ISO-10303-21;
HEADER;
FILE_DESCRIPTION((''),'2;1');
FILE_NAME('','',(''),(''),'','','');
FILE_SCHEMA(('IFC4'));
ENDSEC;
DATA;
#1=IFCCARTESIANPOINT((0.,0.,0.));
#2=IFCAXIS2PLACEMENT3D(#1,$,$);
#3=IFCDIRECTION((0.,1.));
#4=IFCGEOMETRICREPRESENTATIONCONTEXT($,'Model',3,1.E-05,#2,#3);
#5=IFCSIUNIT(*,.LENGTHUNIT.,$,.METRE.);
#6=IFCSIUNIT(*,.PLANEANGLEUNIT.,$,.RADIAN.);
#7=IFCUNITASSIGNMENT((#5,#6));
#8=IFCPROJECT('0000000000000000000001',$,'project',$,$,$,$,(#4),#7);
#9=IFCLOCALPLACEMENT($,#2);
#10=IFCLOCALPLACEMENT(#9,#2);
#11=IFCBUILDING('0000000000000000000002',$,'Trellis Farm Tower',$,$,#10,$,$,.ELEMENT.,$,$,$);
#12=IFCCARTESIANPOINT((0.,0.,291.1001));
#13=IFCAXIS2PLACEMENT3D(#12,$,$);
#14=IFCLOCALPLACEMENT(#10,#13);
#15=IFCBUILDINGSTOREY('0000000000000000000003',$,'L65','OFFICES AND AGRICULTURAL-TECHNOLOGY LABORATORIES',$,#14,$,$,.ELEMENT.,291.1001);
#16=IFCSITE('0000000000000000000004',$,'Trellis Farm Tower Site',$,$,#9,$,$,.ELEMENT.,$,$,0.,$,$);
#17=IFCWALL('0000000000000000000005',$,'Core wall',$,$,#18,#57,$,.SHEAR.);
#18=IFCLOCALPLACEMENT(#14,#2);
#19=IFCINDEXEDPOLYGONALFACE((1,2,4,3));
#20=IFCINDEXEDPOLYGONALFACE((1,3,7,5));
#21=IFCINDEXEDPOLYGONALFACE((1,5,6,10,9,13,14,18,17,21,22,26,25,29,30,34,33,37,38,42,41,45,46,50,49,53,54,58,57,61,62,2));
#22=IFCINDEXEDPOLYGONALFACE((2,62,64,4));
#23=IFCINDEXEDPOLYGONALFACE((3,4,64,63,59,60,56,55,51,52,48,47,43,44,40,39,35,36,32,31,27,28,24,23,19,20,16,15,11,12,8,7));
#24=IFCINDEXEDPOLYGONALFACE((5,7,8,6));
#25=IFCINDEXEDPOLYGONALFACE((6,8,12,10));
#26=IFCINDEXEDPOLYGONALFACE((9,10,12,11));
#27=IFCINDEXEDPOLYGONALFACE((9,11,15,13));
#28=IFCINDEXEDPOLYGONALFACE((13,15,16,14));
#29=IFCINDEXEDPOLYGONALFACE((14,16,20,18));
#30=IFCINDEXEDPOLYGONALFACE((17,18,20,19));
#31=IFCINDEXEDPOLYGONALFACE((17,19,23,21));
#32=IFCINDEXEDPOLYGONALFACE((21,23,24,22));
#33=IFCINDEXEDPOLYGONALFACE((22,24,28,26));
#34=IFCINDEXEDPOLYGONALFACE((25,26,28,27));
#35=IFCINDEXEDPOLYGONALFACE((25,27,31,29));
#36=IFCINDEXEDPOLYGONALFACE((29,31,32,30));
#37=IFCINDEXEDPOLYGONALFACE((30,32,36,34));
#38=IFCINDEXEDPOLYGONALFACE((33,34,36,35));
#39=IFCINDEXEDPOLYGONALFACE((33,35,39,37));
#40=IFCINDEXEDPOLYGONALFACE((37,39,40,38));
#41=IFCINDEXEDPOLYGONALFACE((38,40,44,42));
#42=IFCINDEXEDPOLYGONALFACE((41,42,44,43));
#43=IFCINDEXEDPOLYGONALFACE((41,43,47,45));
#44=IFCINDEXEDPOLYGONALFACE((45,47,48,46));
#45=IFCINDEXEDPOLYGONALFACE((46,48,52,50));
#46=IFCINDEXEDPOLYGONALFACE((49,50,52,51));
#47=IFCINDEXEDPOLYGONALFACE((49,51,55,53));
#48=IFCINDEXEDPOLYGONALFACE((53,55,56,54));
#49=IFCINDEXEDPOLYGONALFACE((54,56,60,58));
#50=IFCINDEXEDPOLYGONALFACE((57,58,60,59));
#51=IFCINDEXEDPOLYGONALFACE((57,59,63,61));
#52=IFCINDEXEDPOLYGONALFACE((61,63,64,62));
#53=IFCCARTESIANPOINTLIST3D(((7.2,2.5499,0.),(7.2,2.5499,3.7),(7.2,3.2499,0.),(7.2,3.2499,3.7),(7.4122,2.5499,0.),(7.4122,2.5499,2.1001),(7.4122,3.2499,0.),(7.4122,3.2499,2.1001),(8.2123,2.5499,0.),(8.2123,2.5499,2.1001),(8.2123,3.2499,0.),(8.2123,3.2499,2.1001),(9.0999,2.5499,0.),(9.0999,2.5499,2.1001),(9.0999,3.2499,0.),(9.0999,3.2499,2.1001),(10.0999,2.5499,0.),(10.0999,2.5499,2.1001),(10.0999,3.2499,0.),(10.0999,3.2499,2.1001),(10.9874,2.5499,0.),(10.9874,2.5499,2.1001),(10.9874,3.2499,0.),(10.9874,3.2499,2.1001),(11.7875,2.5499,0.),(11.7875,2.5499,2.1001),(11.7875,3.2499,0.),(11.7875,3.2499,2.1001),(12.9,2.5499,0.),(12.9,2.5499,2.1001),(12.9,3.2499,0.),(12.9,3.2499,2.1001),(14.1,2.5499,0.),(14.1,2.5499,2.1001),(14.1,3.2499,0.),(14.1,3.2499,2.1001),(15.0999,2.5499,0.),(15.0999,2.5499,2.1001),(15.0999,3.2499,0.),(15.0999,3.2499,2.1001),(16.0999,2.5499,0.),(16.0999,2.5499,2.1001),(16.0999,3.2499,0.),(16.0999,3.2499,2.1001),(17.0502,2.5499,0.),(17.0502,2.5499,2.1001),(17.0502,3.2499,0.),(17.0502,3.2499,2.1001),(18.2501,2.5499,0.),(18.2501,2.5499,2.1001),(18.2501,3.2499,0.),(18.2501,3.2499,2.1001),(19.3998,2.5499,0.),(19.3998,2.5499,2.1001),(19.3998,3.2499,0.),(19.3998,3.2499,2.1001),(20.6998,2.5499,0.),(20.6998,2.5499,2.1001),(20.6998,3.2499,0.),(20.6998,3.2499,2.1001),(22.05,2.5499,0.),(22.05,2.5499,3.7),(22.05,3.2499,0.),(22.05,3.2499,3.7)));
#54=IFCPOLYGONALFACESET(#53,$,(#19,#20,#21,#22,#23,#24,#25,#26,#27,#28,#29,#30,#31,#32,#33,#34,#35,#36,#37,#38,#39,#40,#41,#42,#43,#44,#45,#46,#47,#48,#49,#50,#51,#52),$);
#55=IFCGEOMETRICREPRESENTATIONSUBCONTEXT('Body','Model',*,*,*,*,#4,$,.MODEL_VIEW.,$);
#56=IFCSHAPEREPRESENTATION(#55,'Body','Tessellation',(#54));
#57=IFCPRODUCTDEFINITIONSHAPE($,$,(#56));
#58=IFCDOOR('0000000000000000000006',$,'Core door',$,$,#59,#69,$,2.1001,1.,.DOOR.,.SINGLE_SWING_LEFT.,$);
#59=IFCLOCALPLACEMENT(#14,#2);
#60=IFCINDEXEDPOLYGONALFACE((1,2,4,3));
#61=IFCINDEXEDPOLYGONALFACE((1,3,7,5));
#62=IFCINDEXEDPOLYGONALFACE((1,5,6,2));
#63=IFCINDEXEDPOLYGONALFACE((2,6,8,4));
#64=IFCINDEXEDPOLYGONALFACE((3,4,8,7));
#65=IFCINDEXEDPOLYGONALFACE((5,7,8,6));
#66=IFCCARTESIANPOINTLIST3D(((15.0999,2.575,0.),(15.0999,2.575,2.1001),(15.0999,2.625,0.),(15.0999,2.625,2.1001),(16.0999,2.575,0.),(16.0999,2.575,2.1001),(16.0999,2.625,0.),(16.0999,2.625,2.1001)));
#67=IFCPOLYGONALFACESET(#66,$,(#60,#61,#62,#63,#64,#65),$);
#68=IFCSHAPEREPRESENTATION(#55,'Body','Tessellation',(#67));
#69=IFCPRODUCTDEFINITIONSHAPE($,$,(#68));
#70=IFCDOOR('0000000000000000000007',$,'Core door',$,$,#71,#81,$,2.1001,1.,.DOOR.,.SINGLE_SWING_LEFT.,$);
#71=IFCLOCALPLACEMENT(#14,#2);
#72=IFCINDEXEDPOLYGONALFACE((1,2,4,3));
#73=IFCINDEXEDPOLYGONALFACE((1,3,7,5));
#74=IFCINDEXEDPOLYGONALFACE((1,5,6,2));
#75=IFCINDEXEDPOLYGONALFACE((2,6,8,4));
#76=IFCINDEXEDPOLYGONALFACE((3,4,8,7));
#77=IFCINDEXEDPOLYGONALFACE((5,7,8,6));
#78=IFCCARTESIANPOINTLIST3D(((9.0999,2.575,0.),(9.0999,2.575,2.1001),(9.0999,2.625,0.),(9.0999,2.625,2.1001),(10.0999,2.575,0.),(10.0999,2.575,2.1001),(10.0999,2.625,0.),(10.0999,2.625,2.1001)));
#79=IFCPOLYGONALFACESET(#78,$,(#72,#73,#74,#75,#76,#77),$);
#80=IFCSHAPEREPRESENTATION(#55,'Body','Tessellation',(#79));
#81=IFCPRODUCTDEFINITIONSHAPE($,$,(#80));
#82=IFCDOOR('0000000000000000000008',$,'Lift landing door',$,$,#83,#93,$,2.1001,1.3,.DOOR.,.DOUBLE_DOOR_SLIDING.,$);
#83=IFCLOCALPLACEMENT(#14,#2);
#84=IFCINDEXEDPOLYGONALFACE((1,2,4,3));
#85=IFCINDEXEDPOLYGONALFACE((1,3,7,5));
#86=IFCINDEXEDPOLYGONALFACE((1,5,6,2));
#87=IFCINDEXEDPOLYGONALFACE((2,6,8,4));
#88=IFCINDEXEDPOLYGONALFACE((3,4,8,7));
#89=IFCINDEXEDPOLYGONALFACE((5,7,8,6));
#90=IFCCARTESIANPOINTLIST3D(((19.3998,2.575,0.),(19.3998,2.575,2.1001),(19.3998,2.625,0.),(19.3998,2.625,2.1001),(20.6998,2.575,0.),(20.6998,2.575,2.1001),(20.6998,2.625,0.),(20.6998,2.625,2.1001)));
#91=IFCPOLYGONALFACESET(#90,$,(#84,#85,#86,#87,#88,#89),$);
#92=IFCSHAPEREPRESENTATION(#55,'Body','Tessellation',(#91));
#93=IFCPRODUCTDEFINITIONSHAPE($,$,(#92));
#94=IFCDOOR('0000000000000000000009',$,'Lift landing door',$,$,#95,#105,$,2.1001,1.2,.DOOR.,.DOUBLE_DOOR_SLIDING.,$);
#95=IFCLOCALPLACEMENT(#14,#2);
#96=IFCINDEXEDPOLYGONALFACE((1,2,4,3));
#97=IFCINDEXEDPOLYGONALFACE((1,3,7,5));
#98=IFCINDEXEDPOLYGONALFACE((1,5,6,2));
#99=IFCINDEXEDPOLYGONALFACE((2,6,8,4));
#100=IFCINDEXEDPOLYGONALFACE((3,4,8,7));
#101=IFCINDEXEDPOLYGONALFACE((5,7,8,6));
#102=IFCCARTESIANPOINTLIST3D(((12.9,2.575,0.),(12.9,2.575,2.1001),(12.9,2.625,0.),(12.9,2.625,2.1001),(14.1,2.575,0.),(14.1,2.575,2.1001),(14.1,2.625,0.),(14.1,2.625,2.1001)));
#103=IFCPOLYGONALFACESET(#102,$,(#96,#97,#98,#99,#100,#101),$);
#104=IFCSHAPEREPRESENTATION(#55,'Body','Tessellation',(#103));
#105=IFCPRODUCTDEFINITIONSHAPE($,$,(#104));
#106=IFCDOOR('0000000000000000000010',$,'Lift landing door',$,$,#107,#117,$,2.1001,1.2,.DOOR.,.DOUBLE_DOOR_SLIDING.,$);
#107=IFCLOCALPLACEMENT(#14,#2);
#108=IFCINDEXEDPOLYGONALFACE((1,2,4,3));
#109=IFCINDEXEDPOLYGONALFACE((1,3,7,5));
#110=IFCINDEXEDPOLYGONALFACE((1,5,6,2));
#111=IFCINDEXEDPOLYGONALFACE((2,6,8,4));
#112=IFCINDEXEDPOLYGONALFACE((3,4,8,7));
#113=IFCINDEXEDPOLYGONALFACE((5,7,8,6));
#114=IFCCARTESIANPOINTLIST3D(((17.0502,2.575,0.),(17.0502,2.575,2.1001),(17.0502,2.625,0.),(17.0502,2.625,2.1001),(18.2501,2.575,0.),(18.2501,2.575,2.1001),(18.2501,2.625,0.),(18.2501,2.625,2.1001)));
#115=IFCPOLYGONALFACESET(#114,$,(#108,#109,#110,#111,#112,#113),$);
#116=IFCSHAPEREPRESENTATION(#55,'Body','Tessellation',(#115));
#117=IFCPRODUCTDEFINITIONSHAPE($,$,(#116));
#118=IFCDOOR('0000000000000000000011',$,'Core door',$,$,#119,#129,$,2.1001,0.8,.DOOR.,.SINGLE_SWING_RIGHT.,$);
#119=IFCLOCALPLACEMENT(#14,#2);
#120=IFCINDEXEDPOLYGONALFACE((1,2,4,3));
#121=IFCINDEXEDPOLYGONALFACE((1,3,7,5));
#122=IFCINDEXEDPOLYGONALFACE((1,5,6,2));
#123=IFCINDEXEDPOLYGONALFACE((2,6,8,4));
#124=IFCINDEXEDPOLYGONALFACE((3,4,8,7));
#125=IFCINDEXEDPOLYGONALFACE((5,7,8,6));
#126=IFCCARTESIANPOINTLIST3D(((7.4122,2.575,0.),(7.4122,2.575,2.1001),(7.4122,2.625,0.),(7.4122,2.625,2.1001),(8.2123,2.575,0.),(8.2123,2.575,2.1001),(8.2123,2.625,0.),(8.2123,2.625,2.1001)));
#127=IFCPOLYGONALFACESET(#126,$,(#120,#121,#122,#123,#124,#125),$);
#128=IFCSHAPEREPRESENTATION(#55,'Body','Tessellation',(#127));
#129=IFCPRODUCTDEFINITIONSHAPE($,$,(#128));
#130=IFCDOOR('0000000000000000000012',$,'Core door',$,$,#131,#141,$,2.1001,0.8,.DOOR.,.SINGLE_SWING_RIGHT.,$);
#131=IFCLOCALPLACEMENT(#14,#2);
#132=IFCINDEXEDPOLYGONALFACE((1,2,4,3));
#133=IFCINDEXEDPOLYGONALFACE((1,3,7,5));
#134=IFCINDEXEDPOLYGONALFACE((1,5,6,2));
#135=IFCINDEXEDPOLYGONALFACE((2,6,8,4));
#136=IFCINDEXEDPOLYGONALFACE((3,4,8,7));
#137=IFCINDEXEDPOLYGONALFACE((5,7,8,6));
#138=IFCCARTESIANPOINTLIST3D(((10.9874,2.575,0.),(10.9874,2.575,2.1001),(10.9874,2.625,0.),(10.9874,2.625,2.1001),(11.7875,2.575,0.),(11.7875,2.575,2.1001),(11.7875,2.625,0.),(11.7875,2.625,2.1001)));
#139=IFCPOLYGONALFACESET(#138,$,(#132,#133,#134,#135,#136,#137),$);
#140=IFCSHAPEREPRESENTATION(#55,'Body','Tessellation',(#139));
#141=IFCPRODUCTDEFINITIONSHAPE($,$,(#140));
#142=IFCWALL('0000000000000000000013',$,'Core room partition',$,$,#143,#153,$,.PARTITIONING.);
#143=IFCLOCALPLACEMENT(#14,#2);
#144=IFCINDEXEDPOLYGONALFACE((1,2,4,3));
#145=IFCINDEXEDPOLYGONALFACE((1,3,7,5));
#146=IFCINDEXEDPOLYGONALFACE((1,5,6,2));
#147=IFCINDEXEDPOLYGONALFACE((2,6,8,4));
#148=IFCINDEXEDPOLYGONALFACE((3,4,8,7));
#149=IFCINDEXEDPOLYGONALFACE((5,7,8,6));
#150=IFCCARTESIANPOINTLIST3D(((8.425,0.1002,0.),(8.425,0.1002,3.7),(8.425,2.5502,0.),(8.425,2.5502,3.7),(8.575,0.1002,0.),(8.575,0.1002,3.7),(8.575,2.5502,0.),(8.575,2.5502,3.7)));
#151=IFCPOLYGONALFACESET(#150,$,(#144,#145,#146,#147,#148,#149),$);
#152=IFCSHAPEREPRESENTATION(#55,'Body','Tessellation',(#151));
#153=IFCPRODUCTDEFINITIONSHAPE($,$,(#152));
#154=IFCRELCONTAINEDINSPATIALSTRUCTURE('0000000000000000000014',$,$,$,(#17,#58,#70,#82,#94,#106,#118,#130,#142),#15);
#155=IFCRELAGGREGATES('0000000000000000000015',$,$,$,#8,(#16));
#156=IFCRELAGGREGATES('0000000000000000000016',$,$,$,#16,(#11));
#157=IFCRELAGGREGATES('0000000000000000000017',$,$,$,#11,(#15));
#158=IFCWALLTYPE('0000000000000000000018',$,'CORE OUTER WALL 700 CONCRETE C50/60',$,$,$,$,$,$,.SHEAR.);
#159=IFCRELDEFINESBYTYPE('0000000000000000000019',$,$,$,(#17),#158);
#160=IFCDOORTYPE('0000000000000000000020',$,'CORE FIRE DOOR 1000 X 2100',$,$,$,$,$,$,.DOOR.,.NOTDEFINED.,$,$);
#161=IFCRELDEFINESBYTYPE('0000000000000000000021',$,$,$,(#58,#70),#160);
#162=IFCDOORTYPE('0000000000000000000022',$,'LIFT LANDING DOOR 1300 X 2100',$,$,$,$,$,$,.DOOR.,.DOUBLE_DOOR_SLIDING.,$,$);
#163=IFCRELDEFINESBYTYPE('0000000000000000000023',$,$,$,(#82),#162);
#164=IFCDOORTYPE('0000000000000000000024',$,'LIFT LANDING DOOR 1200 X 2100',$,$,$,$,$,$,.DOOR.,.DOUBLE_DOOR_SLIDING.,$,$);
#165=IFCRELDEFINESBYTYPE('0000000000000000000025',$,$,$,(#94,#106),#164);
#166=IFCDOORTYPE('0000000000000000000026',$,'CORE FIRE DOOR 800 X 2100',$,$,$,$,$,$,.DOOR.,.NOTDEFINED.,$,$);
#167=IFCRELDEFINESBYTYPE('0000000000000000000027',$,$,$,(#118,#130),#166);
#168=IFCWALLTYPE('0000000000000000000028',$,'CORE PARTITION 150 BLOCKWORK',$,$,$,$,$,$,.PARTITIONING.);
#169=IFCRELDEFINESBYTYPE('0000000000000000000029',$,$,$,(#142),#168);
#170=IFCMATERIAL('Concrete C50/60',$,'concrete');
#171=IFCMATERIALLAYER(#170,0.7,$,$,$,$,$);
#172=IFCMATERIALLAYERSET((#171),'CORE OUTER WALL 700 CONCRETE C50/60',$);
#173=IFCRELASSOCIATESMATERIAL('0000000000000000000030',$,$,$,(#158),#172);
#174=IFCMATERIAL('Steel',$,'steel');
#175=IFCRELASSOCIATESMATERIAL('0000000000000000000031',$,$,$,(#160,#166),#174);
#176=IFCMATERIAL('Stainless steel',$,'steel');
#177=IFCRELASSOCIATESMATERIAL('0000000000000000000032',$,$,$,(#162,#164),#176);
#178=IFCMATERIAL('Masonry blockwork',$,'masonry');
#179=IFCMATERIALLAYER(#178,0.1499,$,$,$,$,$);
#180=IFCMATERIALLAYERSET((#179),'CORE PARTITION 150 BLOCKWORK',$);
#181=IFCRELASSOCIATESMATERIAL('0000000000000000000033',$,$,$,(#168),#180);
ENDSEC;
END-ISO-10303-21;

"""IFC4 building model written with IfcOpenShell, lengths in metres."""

from ifc_helpers import new_model, si_unit, direction, frame, frame_2d, origin, place, context, subcontext, project, spatial, rectangle, extrude, source, transform, mapped, material, layer, layer_set, type_object, element, fill, save


model = new_model("IFC4")

# Units and contexts
model_context = context("Model", 3, precision=1e-05, world=origin(), true_north=direction((0.0, 1.0)))
body_context = subcontext(model_context, "Body", "Model", "MODEL_VIEW")
ifc_project = project(units=[si_unit("LENGTHUNIT", "METRE"), si_unit("PLANEANGLEUNIT", "RADIAN")], contexts=[model_context])

# Site, building, storey
site_placement = place(None, origin())
site = spatial("IfcSite", under=ifc_project, at=site_placement, Name="Trellis Farm Tower Site", CompositionType="ELEMENT", RefElevation=0.0)
building_placement = place(site_placement, origin())
building = spatial("IfcBuilding", under=site, at=building_placement, Name="Trellis Farm Tower", CompositionType="ELEMENT")
storey_placement = place(building_placement, frame((0.0, 0.0, 291.1001)))
storey = spatial("IfcBuildingStorey", under=building, at=storey_placement, Name="L65", Description="OFFICES AND AGRICULTURAL-TECHNOLOGY LABORATORIES", CompositionType="ELEMENT", Elevation=291.1001)

# Wall, openings, doors
ifc_material_1 = material(Name="Concrete C50/60", Category="concrete")
ifc_layer_1 = layer(ifc_material_1, 0.7)
ifc_layer_set_1 = layer_set([ifc_layer_1], Name="CORE OUTER WALL 700 CONCRETE C50/60")
wall_type_1 = type_object("IfcWallType", Name="CORE OUTER WALL 700 CONCRETE C50/60", PredefinedType="SHEAR", material=ifc_layer_set_1)
shared_shape_1 = source(origin(), body_context, "Body", "SweptSolid", [
    extrude(rectangle(XDim=14.8501, YDim=0.7, at=frame_2d((7.425, 0.0))), origin(), (0.0, 0.0, 1.0), 3.7),
])
wall_1_placement = place(storey_placement, frame((7.2, 2.8999, 0.0), z_axis=(0.0, 0.0, 1.0), x_axis=(1.0, 0.0, 0.0)))
wall_1 = element("IfcWall", 1, at=wall_1_placement, inside=storey, type_object=wall_type_1, Name="Core wall", PredefinedType="SHEAR", context=body_context, shape_type="MappedRepresentation", body=[
    mapped(shared_shape_1, transform((0.0, 0.0, 0.0))),
])
shared_shape_2 = source(origin(), body_context, "Body", "SweptSolid", [
    extrude(rectangle(XDim=1.2, YDim=2.1001, at=frame_2d((0.6001, 1.05))), frame((0.0, 0.3601, 0.0), z_axis=(0.0, -1.0, 0.0), x_axis=(1.0, 0.0, 0.0)), (0.0, 0.0, 1.0), 0.7202),
])
opening_1_placement = place(wall_1_placement, frame((5.7, 0.0, 0.0)))
opening_1 = element("IfcOpeningElement", 2, at=opening_1_placement, cuts=wall_1, PredefinedType="OPENING", context=body_context, shape_type="MappedRepresentation", body=[
    mapped(shared_shape_2, transform((0.0, 0.0, 0.0))),
])
shared_shape_3 = source(origin(), body_context, "Body", "SweptSolid", [
    extrude(rectangle(XDim=1.3, YDim=2.1001, at=frame_2d((0.6499, 1.05))), frame((0.0, 0.3601, 0.0), z_axis=(0.0, -1.0, 0.0), x_axis=(1.0, 0.0, 0.0)), (0.0, 0.0, 1.0), 0.7202),
])
opening_2_placement = place(wall_1_placement, frame((12.2, 0.0, 0.0)))
opening_2 = element("IfcOpeningElement", 3, at=opening_2_placement, cuts=wall_1, PredefinedType="OPENING", context=body_context, shape_type="MappedRepresentation", body=[
    mapped(shared_shape_3, transform((0.0, 0.0, 0.0))),
])
opening_3_placement = place(wall_1_placement, frame((9.8501, 0.0, 0.0)))
opening_3 = element("IfcOpeningElement", 4, at=opening_3_placement, cuts=wall_1, PredefinedType="OPENING", context=body_context, shape_type="MappedRepresentation", body=[
    mapped(shared_shape_2, transform((0.0, 0.0, 0.0))),
])
shared_shape_4 = source(origin(), body_context, "Body", "SweptSolid", [
    extrude(rectangle(XDim=1.0, YDim=2.1001, at=frame_2d((0.5, 1.05))), frame((0.0, 0.3601, 0.0), z_axis=(0.0, -1.0, 0.0), x_axis=(1.0, 0.0, 0.0)), (0.0, 0.0, 1.0), 0.7202),
])
opening_4_placement = place(wall_1_placement, frame((7.8999, 0.0, 0.0)))
opening_4 = element("IfcOpeningElement", 5, at=opening_4_placement, cuts=wall_1, PredefinedType="OPENING", context=body_context, shape_type="MappedRepresentation", body=[
    mapped(shared_shape_4, transform((0.0, 0.0, 0.0))),
])
shared_shape_5 = source(origin(), body_context, "Body", "SweptSolid", [
    extrude(rectangle(XDim=0.8, YDim=2.1001, at=frame_2d((0.3999, 1.05))), frame((0.0, 0.3601, 0.0), z_axis=(0.0, -1.0, 0.0), x_axis=(1.0, 0.0, 0.0)), (0.0, 0.0, 1.0), 0.7202),
])
opening_5_placement = place(wall_1_placement, frame((0.2124, 0.0, 0.0)))
opening_5 = element("IfcOpeningElement", 6, at=opening_5_placement, cuts=wall_1, PredefinedType="OPENING", context=body_context, shape_type="MappedRepresentation", body=[
    mapped(shared_shape_5, transform((0.0, 0.0, 0.0))),
])
opening_6_placement = place(wall_1_placement, frame((1.8999, 0.0, 0.0)))
opening_6 = element("IfcOpeningElement", 7, at=opening_6_placement, cuts=wall_1, PredefinedType="OPENING", context=body_context, shape_type="MappedRepresentation", body=[
    mapped(shared_shape_4, transform((0.0, 0.0, 0.0))),
])
opening_7_placement = place(wall_1_placement, frame((3.7876, 0.0, 0.0)))
opening_7 = element("IfcOpeningElement", 8, at=opening_7_placement, cuts=wall_1, PredefinedType="OPENING", context=body_context, shape_type="MappedRepresentation", body=[
    mapped(shared_shape_5, transform((0.0, 0.0, 0.0))),
])
ifc_material_2 = material(Name="Steel", Category="steel")
door_type_1 = type_object("IfcDoorType", Name="CORE FIRE DOOR 1000 X 2100", OperationType="NOTDEFINED", PredefinedType="DOOR", material=ifc_material_2)
shared_shape_6 = source(origin(), body_context, "Body", "SweptSolid", [
    extrude(rectangle(XDim=1.0, YDim=2.1001, at=frame_2d((0.5, 1.05))), frame((0.0, -0.2749, 0.0), z_axis=(0.0, -1.0, 0.0), x_axis=(1.0, 0.0, 0.0)), (0.0, 0.0, 1.0), 0.05),
])
door_1_placement = place(opening_4_placement, origin())
door_1 = element("IfcDoor", 9, at=door_1_placement, inside=storey, type_object=door_type_1, Name="Core door", OperationType="SINGLE_SWING_LEFT", OverallHeight=2.1001, OverallWidth=1.0, PredefinedType="DOOR", context=body_context, shape_type="MappedRepresentation", body=[
    mapped(shared_shape_6, transform((0.0, 0.0, 0.0))),
])
fill(opening_4, door_1)
door_2_placement = place(opening_6_placement, origin())
door_2 = element("IfcDoor", 10, at=door_2_placement, inside=storey, type_object=door_type_1, Name="Core door", OperationType="SINGLE_SWING_LEFT", OverallHeight=2.1001, OverallWidth=1.0, PredefinedType="DOOR", context=body_context, shape_type="MappedRepresentation", body=[
    mapped(shared_shape_6, transform((0.0, 0.0, 0.0))),
])
fill(opening_6, door_2)
ifc_material_3 = material(Name="Stainless steel", Category="steel")
door_type_2 = type_object("IfcDoorType", Name="LIFT LANDING DOOR 1300 X 2100", OperationType="DOUBLE_DOOR_SLIDING", PredefinedType="DOOR", material=ifc_material_3)
shared_shape_7 = source(origin(), body_context, "Body", "SweptSolid", [
    extrude(rectangle(XDim=1.3, YDim=2.1001, at=frame_2d((0.6499, 1.05))), frame((0.0, -0.2749, 0.0), z_axis=(0.0, -1.0, 0.0), x_axis=(1.0, 0.0, 0.0)), (0.0, 0.0, 1.0), 0.05),
])
door_3_placement = place(opening_2_placement, origin())
door_3 = element("IfcDoor", 11, at=door_3_placement, inside=storey, type_object=door_type_2, Name="Lift landing door", OperationType="DOUBLE_DOOR_SLIDING", OverallHeight=2.1001, OverallWidth=1.3, PredefinedType="DOOR", context=body_context, shape_type="MappedRepresentation", body=[
    mapped(shared_shape_7, transform((0.0, 0.0, 0.0))),
])
fill(opening_2, door_3)
door_type_3 = type_object("IfcDoorType", Name="LIFT LANDING DOOR 1200 X 2100", OperationType="DOUBLE_DOOR_SLIDING", PredefinedType="DOOR", material=ifc_material_3)
shared_shape_8 = source(origin(), body_context, "Body", "SweptSolid", [
    extrude(rectangle(XDim=1.2, YDim=2.1001, at=frame_2d((0.6001, 1.05))), frame((0.0, -0.2749, 0.0), z_axis=(0.0, -1.0, 0.0), x_axis=(1.0, 0.0, 0.0)), (0.0, 0.0, 1.0), 0.05),
])
door_4_placement = place(opening_1_placement, origin())
door_4 = element("IfcDoor", 12, at=door_4_placement, inside=storey, type_object=door_type_3, Name="Lift landing door", OperationType="DOUBLE_DOOR_SLIDING", OverallHeight=2.1001, OverallWidth=1.2, PredefinedType="DOOR", context=body_context, shape_type="MappedRepresentation", body=[
    mapped(shared_shape_8, transform((0.0, 0.0, 0.0))),
])
fill(opening_1, door_4)
door_5_placement = place(opening_3_placement, origin())
door_5 = element("IfcDoor", 13, at=door_5_placement, inside=storey, type_object=door_type_3, Name="Lift landing door", OperationType="DOUBLE_DOOR_SLIDING", OverallHeight=2.1001, OverallWidth=1.2, PredefinedType="DOOR", context=body_context, shape_type="MappedRepresentation", body=[
    mapped(shared_shape_8, transform((0.0, 0.0, 0.0))),
])
fill(opening_3, door_5)
door_type_4 = type_object("IfcDoorType", Name="CORE FIRE DOOR 800 X 2100", OperationType="NOTDEFINED", PredefinedType="DOOR", material=ifc_material_2)
shared_shape_9 = source(origin(), body_context, "Body", "SweptSolid", [
    extrude(rectangle(XDim=0.8, YDim=2.1001, at=frame_2d((0.3999, 1.05))), frame((0.0, -0.2749, 0.0), z_axis=(0.0, -1.0, 0.0), x_axis=(1.0, 0.0, 0.0)), (0.0, 0.0, 1.0), 0.05),
])
door_6_placement = place(opening_5_placement, origin())
door_6 = element("IfcDoor", 14, at=door_6_placement, inside=storey, type_object=door_type_4, Name="Core door", OperationType="SINGLE_SWING_RIGHT", OverallHeight=2.1001, OverallWidth=0.8, PredefinedType="DOOR", context=body_context, shape_type="MappedRepresentation", body=[
    mapped(shared_shape_9, transform((0.0, 0.0, 0.0))),
])
fill(opening_5, door_6)
door_7_placement = place(opening_7_placement, origin())
door_7 = element("IfcDoor", 15, at=door_7_placement, inside=storey, type_object=door_type_4, Name="Core door", OperationType="SINGLE_SWING_RIGHT", OverallHeight=2.1001, OverallWidth=0.8, PredefinedType="DOOR", context=body_context, shape_type="MappedRepresentation", body=[
    mapped(shared_shape_9, transform((0.0, 0.0, 0.0))),
])
fill(opening_7, door_7)

# Wall
ifc_material_4 = material(Name="Masonry blockwork", Category="masonry")
ifc_layer_2 = layer(ifc_material_4, 0.1499)
ifc_layer_set_2 = layer_set([ifc_layer_2], Name="CORE PARTITION 150 BLOCKWORK")
wall_type_2 = type_object("IfcWallType", Name="CORE PARTITION 150 BLOCKWORK", PredefinedType="PARTITIONING", material=ifc_layer_set_2)
shared_shape_10 = source(origin(), body_context, "Body", "SweptSolid", [
    extrude(rectangle(XDim=2.45, YDim=0.1499, at=frame_2d((1.2251, 0.0))), origin(), (0.0, 0.0, 1.0), 3.7),
])
for number, where, z_axis, x_axis, name in (
    (16, (8.5, 0.1001, 0.0), (0.0, 0.0, 1.0), (0.0, 1.0, 0.0), "Core room partition"),
):
    element("IfcWall", number, at=place(storey_placement, frame(where, z_axis=z_axis, x_axis=x_axis)), inside=storey, type_object=wall_type_2, Name=name, PredefinedType="PARTITIONING", context=body_context, shape_type="MappedRepresentation", body=[
        mapped(shared_shape_10, transform((0.0, 0.0, 0.0))),
    ])

save(model, "model.ifc")
